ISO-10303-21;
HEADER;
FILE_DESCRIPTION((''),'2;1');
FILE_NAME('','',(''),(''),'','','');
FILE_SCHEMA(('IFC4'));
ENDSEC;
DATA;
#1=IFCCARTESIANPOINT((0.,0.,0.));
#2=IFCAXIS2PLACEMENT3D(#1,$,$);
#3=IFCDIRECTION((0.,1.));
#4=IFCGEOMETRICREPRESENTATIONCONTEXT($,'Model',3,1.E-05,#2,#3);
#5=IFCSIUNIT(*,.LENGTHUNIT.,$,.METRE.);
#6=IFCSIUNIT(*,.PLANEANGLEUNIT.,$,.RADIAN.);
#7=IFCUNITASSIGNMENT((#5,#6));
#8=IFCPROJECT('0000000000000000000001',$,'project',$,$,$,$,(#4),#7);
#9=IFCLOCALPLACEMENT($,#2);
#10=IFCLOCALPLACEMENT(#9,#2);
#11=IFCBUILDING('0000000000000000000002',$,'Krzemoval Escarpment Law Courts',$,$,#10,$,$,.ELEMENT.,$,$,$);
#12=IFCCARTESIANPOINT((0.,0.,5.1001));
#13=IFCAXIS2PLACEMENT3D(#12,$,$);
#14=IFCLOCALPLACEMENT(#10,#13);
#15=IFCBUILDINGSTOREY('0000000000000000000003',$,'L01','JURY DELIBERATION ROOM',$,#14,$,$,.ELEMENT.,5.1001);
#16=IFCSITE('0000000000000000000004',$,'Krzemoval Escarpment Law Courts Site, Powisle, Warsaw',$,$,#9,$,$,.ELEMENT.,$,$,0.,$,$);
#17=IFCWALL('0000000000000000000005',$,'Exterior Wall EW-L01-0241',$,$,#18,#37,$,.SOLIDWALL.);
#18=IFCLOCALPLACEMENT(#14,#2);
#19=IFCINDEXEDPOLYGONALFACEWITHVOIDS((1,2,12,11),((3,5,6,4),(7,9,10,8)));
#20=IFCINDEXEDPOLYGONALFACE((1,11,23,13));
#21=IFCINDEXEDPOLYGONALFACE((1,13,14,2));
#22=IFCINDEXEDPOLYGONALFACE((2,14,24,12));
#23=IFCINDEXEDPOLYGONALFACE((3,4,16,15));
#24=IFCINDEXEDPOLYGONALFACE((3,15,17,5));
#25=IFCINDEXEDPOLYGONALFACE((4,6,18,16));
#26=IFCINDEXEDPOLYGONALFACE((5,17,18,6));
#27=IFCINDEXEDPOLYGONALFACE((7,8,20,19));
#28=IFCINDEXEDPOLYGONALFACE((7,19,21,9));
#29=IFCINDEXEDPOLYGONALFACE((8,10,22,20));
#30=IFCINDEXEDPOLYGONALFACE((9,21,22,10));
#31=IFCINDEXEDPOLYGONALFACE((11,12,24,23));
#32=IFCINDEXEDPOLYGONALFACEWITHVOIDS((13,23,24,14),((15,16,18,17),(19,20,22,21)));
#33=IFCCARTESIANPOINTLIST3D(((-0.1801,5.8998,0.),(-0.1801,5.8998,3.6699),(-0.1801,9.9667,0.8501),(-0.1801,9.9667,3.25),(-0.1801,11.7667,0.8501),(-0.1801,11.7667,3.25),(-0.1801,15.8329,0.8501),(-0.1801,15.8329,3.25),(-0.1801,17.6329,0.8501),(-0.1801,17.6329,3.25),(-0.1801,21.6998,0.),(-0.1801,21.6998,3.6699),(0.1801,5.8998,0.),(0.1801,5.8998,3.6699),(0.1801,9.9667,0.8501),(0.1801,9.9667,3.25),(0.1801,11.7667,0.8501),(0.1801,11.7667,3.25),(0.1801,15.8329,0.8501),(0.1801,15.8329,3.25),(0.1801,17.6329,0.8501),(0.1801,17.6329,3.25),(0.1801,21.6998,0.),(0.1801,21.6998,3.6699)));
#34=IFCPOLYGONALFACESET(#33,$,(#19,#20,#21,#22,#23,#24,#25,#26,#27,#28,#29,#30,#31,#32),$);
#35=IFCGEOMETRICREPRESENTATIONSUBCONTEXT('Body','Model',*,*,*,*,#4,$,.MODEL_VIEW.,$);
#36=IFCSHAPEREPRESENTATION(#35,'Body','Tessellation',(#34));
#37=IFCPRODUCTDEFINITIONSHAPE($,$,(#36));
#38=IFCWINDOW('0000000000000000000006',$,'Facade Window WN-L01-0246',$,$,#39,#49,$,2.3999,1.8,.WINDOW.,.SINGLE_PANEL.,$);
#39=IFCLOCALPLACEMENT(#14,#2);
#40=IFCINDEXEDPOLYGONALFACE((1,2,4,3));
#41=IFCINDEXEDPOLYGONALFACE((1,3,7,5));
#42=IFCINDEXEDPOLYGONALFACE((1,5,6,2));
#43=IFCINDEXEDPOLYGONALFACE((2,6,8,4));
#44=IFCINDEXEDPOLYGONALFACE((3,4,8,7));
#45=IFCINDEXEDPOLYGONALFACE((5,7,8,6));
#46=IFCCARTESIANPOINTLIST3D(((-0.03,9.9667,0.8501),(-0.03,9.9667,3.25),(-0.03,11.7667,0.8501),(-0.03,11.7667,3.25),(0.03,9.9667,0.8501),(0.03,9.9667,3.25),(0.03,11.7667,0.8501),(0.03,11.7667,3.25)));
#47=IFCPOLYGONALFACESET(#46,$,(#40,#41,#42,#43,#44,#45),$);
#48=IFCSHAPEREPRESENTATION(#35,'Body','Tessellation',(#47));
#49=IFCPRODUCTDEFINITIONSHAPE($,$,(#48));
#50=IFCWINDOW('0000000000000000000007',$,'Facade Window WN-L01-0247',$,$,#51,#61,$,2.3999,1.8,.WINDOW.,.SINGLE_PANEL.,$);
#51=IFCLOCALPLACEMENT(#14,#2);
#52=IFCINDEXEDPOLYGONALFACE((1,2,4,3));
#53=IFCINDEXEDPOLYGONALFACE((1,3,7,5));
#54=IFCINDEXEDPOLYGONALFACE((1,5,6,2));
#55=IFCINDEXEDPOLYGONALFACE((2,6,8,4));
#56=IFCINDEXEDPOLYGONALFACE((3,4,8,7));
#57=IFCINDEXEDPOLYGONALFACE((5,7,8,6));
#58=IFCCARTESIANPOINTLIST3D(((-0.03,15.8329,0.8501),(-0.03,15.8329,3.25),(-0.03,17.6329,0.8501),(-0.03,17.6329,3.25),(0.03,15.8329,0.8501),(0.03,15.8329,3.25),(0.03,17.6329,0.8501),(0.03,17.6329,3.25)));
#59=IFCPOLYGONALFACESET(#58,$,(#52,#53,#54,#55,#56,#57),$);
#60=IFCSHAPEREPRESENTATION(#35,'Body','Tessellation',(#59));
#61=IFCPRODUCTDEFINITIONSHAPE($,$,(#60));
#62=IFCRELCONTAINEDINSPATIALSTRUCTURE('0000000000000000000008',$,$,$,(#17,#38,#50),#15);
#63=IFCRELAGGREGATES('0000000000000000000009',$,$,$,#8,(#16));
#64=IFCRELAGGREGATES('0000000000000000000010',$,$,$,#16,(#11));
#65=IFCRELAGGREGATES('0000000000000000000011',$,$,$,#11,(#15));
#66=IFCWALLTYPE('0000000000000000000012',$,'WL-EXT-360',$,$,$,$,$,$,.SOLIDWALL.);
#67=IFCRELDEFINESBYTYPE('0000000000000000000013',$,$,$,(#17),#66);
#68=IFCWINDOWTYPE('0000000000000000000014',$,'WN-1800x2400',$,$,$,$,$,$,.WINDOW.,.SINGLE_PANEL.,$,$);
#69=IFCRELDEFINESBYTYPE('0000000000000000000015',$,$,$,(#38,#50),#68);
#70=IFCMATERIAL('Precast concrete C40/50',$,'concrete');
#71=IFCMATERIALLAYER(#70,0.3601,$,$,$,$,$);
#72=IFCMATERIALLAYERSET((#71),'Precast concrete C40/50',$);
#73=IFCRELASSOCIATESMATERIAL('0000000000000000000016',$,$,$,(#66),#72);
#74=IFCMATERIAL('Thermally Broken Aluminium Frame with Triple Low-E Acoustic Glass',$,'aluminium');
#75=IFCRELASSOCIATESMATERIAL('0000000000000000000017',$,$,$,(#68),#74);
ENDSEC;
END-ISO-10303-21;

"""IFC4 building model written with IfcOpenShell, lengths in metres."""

from ifc_helpers import new_model, si_unit, direction, frame, frame_2d, origin, place, context, subcontext, project, spatial, rectangle, extrude, material, layer, layer_set, type_object, element, fill, save


model = new_model("IFC4")

# Units and contexts
model_context = context("Model", 3, precision=1e-05, world=origin(), true_north=direction((0.0, 1.0)))
body_context = subcontext(model_context, "Body", "Model", "MODEL_VIEW")
ifc_project = project(units=[si_unit("LENGTHUNIT", "METRE"), si_unit("PLANEANGLEUNIT", "RADIAN")], contexts=[model_context])

# Site, building, storey
site_placement = place(None, origin())
site = spatial("IfcSite", under=ifc_project, at=site_placement, Name="Krzemoval Escarpment Law Courts Site, Powisle, Warsaw", CompositionType="ELEMENT", RefElevation=0.0)
building_placement = place(site_placement, origin())
building = spatial("IfcBuilding", under=site, at=building_placement, Name="Krzemoval Escarpment Law Courts", CompositionType="ELEMENT")
storey_placement = place(building_placement, frame((0.0, 0.0, 5.1001)))
storey = spatial("IfcBuildingStorey", under=building, at=storey_placement, Name="L01", Description="JURY DELIBERATION ROOM", CompositionType="ELEMENT", Elevation=5.1001)

# Shared definitions
ifc_material_1 = material(Name="Precast concrete C40/50", Category="concrete")
ifc_layer = layer(ifc_material_1, 0.3601)
ifc_layer_set = layer_set([ifc_layer], Name="Precast concrete C40/50")
wall_type = type_object("IfcWallType", Name="WL-EXT-360", PredefinedType="SOLIDWALL", material=ifc_layer_set)
ifc_material_2 = material(Name="Thermally Broken Aluminium Frame with Triple Low-E Acoustic Glass", Category="aluminium")
window_type = type_object("IfcWindowType", Name="WN-1800x2400", PartitioningType="SINGLE_PANEL", PredefinedType="WINDOW", material=ifc_material_2)

# Wall, openings, windows
wall_1_placement = place(storey_placement, frame((0.0, 5.8999, 0.0), z_axis=(0.0, 0.0, 1.0), x_axis=(0.0, 1.0, 0.0)))
wall_1 = element("IfcWall", 1, at=wall_1_placement, inside=storey, type_object=wall_type, Name="Exterior Wall EW-L01-0241", PredefinedType="SOLIDWALL", context=body_context, shape_type="SweptSolid", body=[
    extrude(rectangle(XDim=15.8, YDim=0.3601, at=frame_2d((7.8999, 0.0))), origin(), (0.0, 0.0, 1.0), 3.6699),
])
opening_1_placement = place(wall_1_placement, frame((4.0669, 0.0, 0.8501)))
opening_1 = element("IfcOpeningElement", 2, at=opening_1_placement, cuts=wall_1, PredefinedType="OPENING", context=body_context, shape_type="SweptSolid", body=[
    extrude(rectangle(XDim=1.8, YDim=2.3999, at=frame_2d((0.8999, 1.2))), frame((0.0, 0.1951, 0.0), z_axis=(0.0, -1.0, 0.0), x_axis=(1.0, 0.0, 0.0)), (0.0, 0.0, 1.0), 0.3901),
])
opening_2_placement = place(wall_1_placement, frame((9.9331, 0.0, 0.8501)))
opening_2 = element("IfcOpeningElement", 3, at=opening_2_placement, cuts=wall_1, PredefinedType="OPENING", context=body_context, shape_type="SweptSolid", body=[
    extrude(rectangle(XDim=1.8, YDim=2.3999, at=frame_2d((0.8999, 1.2))), frame((0.0, 0.1951, 0.0), z_axis=(0.0, -1.0, 0.0), x_axis=(1.0, 0.0, 0.0)), (0.0, 0.0, 1.0), 0.3901),
])
window_1_placement = place(opening_1_placement, origin())
window_1 = element("IfcWindow", 4, at=window_1_placement, inside=storey, type_object=window_type, Name="Facade Window WN-L01-0246", OverallHeight=2.3999, OverallWidth=1.8, PartitioningType="SINGLE_PANEL", PredefinedType="WINDOW", context=body_context, shape_type="SweptSolid", body=[
    extrude(rectangle(XDim=1.8, YDim=2.3999, at=frame_2d((0.8999, 1.2))), frame((0.0, 0.03, 0.0), z_axis=(0.0, -1.0, 0.0), x_axis=(1.0, 0.0, 0.0)), (0.0, 0.0, 1.0), 0.0601),
])
fill(opening_1, window_1)
window_2_placement = place(opening_2_placement, origin())
window_2 = element("IfcWindow", 5, at=window_2_placement, inside=storey, type_object=window_type, Name="Facade Window WN-L01-0247", OverallHeight=2.3999, OverallWidth=1.8, PartitioningType="SINGLE_PANEL", PredefinedType="WINDOW", context=body_context, shape_type="SweptSolid", body=[
    extrude(rectangle(XDim=1.8, YDim=2.3999, at=frame_2d((0.8999, 1.2))), frame((0.0, 0.03, 0.0), z_axis=(0.0, -1.0, 0.0), x_axis=(1.0, 0.0, 0.0)), (0.0, 0.0, 1.0), 0.0601),
])
fill(opening_2, window_2)

save(model, "model.ifc")
